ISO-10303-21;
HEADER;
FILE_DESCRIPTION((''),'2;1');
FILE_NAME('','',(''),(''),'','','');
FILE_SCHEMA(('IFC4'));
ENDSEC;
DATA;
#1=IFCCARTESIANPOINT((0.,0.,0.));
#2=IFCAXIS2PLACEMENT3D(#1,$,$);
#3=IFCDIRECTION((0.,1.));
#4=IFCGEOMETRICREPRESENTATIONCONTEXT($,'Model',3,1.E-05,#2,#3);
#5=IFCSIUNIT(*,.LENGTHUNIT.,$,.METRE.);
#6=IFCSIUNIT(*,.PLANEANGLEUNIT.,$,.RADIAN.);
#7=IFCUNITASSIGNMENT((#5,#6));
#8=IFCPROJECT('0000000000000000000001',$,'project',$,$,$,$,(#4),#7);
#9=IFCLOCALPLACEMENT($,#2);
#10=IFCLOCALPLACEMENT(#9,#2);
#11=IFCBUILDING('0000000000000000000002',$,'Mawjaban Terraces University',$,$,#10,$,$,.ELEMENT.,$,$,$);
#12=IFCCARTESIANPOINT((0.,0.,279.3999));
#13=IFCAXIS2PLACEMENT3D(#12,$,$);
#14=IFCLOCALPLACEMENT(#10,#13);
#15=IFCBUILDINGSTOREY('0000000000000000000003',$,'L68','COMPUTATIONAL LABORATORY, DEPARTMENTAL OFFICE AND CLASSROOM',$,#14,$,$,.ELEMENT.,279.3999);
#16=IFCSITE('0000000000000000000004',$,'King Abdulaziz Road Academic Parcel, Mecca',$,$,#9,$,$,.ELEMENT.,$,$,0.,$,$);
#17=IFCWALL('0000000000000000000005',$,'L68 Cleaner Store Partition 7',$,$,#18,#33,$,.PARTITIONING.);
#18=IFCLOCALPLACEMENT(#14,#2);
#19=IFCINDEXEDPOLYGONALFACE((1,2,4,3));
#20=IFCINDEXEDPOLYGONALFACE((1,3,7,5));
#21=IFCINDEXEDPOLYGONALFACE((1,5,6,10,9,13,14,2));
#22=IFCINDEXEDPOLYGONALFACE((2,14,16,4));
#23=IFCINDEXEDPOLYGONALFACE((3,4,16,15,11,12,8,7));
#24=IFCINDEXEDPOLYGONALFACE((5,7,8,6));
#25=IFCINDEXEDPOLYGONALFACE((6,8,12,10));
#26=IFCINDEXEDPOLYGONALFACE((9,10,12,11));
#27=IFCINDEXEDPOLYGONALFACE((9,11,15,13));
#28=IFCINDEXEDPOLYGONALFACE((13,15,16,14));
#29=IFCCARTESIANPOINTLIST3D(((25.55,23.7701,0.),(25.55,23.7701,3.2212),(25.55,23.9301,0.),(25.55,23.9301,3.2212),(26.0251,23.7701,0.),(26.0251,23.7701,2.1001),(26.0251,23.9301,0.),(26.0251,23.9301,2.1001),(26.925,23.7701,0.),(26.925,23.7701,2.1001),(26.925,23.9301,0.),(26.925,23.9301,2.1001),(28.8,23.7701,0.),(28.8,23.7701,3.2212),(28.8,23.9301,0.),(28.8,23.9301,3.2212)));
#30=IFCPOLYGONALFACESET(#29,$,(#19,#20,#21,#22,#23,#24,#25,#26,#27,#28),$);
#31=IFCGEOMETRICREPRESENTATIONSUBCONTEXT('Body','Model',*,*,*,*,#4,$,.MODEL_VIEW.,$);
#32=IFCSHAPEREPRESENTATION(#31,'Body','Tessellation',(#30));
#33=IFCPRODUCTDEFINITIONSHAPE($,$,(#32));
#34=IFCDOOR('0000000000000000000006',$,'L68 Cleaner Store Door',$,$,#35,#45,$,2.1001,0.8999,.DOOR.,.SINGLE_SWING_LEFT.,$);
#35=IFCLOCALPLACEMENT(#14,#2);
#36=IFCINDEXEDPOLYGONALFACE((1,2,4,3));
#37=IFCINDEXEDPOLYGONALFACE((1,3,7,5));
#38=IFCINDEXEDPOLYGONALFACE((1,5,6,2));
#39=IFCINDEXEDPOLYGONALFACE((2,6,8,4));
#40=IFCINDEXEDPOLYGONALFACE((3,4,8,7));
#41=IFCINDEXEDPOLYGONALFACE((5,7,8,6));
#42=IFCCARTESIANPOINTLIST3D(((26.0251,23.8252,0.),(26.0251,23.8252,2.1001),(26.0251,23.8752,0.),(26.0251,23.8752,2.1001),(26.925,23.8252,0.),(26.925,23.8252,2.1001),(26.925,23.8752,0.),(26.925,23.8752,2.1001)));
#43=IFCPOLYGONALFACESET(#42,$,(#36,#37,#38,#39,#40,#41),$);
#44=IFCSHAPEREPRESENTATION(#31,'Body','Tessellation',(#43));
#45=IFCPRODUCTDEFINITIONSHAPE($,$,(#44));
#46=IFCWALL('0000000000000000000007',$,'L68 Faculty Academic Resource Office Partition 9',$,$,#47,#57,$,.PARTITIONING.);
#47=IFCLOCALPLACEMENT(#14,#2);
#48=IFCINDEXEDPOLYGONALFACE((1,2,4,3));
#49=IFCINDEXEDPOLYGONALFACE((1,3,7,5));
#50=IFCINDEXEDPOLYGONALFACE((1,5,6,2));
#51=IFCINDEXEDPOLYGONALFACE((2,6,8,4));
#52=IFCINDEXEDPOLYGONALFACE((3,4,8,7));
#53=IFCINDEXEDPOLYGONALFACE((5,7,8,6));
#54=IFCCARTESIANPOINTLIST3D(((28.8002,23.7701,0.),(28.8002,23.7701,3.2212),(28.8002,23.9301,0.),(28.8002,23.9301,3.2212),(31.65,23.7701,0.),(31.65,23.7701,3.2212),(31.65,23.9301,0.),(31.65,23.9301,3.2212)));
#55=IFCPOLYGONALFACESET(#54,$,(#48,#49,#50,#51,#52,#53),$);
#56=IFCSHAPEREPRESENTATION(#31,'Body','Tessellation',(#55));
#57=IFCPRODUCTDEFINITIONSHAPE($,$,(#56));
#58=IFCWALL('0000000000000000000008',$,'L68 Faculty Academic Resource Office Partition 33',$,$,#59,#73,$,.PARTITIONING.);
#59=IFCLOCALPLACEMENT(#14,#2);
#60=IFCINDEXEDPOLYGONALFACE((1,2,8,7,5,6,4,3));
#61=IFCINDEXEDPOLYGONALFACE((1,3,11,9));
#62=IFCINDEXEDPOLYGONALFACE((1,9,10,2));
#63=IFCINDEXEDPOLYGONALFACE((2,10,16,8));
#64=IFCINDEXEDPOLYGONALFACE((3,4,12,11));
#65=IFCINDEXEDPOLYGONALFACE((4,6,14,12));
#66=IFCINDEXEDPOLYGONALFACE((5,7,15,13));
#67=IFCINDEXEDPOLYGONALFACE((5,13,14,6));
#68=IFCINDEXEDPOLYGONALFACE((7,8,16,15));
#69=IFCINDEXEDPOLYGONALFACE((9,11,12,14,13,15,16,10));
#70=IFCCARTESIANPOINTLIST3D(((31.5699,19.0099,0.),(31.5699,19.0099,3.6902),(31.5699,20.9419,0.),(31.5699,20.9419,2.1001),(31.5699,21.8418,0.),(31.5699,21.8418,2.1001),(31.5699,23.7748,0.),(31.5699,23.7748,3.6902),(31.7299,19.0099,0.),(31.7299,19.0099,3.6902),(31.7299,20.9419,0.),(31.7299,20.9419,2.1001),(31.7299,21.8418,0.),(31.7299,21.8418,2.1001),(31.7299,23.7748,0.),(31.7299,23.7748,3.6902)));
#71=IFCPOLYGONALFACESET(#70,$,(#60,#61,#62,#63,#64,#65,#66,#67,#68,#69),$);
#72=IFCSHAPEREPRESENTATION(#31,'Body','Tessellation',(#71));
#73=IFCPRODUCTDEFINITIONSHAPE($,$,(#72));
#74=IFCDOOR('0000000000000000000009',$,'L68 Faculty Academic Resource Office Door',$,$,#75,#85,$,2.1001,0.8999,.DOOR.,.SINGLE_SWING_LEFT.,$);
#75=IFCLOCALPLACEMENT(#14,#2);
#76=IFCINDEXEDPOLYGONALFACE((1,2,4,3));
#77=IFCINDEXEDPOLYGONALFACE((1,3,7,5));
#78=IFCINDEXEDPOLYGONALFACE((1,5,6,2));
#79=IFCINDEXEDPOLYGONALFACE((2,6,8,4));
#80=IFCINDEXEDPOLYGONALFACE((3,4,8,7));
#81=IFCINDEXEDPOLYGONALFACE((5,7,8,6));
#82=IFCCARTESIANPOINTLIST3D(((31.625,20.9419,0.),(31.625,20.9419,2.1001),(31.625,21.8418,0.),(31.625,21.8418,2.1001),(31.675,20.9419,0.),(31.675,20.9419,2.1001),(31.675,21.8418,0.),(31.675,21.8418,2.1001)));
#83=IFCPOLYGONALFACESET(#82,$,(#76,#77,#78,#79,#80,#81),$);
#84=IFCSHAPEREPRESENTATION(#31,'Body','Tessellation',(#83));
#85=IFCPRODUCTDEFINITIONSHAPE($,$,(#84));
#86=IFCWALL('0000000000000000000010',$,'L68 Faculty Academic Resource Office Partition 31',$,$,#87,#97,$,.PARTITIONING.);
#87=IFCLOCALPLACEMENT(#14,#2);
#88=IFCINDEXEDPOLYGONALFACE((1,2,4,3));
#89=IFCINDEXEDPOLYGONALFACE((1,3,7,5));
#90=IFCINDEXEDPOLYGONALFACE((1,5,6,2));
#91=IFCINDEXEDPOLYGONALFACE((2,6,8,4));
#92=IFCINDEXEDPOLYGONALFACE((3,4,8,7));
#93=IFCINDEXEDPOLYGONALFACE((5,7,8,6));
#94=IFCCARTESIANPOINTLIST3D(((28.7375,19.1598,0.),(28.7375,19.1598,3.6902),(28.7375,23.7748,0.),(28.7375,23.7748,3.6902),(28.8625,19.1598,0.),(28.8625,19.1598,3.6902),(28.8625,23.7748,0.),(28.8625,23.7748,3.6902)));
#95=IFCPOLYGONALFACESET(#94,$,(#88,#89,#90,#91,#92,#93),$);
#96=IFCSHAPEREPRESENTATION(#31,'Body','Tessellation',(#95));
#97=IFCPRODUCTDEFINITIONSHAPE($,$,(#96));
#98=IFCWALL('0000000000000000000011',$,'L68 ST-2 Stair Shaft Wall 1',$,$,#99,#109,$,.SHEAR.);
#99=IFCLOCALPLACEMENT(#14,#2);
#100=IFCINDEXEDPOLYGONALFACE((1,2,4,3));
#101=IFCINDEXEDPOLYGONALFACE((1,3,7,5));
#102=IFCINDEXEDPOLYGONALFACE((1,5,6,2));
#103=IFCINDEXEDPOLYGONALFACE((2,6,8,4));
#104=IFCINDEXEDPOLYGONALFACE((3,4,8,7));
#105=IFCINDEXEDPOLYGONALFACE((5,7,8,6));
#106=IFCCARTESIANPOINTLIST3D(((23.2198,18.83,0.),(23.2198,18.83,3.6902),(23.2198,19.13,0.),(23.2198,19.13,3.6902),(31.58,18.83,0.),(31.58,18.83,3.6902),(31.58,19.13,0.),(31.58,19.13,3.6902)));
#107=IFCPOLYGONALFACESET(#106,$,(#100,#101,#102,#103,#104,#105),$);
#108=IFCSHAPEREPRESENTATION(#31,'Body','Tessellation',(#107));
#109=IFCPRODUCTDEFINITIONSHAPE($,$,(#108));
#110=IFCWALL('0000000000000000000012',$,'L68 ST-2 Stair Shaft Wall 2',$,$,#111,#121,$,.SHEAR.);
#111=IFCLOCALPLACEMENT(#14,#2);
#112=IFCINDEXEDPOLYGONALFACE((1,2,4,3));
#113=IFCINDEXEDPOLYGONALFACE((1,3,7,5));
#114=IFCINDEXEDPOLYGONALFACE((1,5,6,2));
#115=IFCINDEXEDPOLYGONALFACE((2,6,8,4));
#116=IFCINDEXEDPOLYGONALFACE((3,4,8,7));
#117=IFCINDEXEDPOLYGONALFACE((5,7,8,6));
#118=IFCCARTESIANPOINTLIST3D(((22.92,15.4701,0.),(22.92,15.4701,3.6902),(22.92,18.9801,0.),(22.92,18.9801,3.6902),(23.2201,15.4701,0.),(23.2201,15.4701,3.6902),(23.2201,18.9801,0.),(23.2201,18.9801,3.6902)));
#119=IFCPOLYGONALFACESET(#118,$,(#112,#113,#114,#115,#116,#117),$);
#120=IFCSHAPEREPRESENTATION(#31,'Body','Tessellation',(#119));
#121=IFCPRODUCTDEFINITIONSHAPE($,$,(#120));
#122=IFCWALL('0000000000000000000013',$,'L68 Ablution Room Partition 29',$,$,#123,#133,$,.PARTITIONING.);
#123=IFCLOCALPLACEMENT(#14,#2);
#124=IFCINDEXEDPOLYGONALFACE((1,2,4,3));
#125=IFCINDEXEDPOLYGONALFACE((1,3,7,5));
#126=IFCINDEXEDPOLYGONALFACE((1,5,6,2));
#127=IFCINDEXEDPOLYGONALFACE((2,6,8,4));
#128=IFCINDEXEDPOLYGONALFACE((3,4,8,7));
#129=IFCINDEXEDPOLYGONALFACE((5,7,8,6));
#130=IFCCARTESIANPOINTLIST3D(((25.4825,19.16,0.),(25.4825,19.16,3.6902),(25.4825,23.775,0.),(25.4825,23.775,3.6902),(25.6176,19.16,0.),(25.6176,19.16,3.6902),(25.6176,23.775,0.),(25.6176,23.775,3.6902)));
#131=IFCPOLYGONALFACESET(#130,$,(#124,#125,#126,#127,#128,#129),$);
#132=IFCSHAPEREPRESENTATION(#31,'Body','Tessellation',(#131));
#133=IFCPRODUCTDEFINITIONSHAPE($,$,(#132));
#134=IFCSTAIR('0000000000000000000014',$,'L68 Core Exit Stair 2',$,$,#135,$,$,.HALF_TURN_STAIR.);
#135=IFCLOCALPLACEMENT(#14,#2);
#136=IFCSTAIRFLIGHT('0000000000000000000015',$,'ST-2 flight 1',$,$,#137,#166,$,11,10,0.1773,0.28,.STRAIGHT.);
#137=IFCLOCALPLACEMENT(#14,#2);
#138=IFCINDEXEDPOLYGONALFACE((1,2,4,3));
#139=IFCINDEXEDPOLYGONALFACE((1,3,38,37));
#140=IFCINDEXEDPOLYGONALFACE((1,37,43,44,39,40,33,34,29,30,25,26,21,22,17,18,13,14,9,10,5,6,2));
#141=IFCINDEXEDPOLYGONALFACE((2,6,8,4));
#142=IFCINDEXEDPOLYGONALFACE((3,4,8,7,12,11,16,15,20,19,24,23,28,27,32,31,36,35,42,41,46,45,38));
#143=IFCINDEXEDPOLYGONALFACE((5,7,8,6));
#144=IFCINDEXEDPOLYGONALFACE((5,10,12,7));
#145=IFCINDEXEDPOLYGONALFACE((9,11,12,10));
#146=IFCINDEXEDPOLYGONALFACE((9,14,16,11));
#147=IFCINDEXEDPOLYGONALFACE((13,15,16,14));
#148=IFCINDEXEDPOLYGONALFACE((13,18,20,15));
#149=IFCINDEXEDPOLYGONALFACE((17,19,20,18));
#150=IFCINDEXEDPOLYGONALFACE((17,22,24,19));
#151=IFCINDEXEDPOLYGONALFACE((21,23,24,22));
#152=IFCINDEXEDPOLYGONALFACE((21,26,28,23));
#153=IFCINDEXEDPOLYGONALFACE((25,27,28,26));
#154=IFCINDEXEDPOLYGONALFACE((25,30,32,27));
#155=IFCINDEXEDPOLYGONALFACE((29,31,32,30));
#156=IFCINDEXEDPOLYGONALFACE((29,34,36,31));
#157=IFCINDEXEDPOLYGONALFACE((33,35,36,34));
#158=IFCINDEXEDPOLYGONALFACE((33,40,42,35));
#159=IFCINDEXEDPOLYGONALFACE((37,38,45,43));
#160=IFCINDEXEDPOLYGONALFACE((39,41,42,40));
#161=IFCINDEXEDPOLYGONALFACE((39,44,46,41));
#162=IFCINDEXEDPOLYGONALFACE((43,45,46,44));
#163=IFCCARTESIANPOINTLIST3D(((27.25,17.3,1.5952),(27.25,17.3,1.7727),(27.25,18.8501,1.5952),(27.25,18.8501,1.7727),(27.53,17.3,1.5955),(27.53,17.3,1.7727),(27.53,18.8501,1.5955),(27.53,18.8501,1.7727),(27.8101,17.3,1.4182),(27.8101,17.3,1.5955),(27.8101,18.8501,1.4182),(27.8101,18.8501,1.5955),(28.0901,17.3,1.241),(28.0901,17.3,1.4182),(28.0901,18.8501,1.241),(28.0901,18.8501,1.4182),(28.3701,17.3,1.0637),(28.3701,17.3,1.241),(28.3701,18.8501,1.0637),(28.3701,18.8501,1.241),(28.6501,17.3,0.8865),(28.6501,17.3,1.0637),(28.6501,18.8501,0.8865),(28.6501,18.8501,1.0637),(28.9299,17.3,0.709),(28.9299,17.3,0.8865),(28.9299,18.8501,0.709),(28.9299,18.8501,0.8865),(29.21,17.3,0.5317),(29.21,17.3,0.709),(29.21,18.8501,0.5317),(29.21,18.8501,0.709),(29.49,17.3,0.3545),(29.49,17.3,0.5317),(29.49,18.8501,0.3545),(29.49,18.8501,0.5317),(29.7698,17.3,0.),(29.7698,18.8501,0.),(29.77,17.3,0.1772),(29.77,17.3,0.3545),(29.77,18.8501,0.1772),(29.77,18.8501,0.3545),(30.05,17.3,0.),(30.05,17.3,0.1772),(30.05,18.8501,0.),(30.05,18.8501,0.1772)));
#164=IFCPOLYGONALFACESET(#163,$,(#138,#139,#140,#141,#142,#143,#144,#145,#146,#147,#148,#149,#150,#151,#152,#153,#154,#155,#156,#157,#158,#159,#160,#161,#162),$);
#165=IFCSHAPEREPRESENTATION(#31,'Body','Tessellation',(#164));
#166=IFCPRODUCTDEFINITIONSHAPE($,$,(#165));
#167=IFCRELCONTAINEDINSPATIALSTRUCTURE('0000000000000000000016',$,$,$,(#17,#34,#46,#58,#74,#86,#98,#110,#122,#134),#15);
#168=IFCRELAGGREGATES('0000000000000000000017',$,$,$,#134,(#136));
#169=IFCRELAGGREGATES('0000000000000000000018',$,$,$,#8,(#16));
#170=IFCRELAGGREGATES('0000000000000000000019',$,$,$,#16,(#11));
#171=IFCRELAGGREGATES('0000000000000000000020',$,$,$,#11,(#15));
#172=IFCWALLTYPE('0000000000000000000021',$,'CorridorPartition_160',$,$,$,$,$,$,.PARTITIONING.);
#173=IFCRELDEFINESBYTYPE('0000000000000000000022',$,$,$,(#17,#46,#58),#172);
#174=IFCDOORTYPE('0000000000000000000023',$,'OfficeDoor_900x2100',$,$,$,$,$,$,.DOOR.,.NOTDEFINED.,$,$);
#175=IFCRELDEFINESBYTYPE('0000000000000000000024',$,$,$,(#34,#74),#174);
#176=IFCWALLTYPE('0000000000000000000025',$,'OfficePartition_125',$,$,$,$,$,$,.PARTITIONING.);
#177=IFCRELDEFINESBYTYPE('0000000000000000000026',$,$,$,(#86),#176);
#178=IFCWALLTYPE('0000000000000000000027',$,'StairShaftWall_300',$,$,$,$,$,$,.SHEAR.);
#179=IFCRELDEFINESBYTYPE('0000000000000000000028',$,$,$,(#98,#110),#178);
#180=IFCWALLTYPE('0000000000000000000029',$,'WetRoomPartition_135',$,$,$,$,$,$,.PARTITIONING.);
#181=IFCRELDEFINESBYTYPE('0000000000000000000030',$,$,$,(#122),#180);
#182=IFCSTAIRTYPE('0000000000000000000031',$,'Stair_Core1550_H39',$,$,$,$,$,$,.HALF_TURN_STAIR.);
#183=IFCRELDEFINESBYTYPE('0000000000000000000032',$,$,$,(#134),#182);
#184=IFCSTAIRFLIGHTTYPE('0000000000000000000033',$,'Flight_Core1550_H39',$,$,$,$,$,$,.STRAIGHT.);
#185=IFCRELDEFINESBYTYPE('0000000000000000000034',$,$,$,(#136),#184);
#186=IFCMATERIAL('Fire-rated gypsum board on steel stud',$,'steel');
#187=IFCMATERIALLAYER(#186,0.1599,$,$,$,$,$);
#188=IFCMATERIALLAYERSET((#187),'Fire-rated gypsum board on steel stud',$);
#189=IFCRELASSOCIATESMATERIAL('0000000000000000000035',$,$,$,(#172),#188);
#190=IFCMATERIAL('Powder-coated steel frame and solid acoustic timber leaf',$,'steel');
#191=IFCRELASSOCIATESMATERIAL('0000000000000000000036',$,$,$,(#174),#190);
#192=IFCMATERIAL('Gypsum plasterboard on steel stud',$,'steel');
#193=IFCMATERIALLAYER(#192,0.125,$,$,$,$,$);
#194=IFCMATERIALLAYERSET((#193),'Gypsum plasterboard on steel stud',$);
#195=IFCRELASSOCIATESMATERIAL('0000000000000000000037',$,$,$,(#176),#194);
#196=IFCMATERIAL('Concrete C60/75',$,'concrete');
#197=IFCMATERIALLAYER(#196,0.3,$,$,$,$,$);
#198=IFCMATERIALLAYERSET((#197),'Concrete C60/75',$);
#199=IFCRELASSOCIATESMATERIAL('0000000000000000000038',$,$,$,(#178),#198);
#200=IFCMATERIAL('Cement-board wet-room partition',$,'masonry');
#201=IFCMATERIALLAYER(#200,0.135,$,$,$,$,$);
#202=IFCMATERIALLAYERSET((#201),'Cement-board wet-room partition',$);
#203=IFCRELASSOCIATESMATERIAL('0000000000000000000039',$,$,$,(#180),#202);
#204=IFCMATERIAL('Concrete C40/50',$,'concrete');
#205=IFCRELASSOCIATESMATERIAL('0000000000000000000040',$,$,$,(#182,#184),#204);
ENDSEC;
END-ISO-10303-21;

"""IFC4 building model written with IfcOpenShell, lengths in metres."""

from ifc_helpers import new_model, si_unit, direction, frame, frame_2d, origin, place, context, subcontext, project, spatial, polyline, rectangle, outline, extrude, material, layer, layer_set, type_object, element, fill, aggregate, save


model = new_model("IFC4")

# Units and contexts
model_context = context("Model", 3, precision=1e-05, world=origin(), true_north=direction((0.0, 1.0)))
body_context = subcontext(model_context, "Body", "Model", "MODEL_VIEW")
ifc_project = project(units=[si_unit("LENGTHUNIT", "METRE"), si_unit("PLANEANGLEUNIT", "RADIAN")], contexts=[model_context])

# Site, building, storey
site_placement = place(None, origin())
site = spatial("IfcSite", under=ifc_project, at=site_placement, Name="King Abdulaziz Road Academic Parcel, Mecca", CompositionType="ELEMENT", RefElevation=0.0)
building_placement = place(site_placement, origin())
building = spatial("IfcBuilding", under=site, at=building_placement, Name="Mawjaban Terraces University", CompositionType="ELEMENT")
storey_placement = place(building_placement, frame((0.0, 0.0, 279.3999)))
storey = spatial("IfcBuildingStorey", under=building, at=storey_placement, Name="L68", Description="COMPUTATIONAL LABORATORY, DEPARTMENTAL OFFICE AND CLASSROOM", CompositionType="ELEMENT", Elevation=279.3999)

# Wall, opening, door
ifc_material_1 = material(Name="Powder-coated steel frame and solid acoustic timber leaf", Category="steel")
ifc_material_2 = material(Name="Fire-rated gypsum board on steel stud", Category="steel")
ifc_layer_1 = layer(ifc_material_2, 0.1599)
ifc_layer_set_1 = layer_set([ifc_layer_1], Name="Fire-rated gypsum board on steel stud")
wall_type_1 = type_object("IfcWallType", Name="CorridorPartition_160", PredefinedType="PARTITIONING", material=ifc_layer_set_1)
wall_1_placement = place(storey_placement, frame((28.8, 23.8501, 0.0), z_axis=(0.0, 0.0, 1.0), x_axis=(-1.0, 0.0, 0.0)))
wall_1 = element("IfcWall", 1, at=wall_1_placement, inside=storey, type_object=wall_type_1, Name="L68 Cleaner Store Partition 7", PredefinedType="PARTITIONING", context=body_context, shape_type="SweptSolid", body=[
    extrude(rectangle(XDim=3.25, YDim=0.1599, at=frame_2d((1.625, 0.0))), origin(), (0.0, 0.0, 1.0), 3.2212),
])
opening_1_placement = place(wall_1_placement, frame((1.875, 0.0, 0.0)))
opening_1 = element("IfcOpeningElement", 2, at=opening_1_placement, cuts=wall_1, PredefinedType="OPENING", context=body_context, shape_type="SweptSolid", body=[
    extrude(rectangle(XDim=0.8999, YDim=2.1001, at=frame_2d((0.45, 1.05))), frame((0.0, 0.0898, 0.0), z_axis=(0.0, -1.0, 0.0), x_axis=(1.0, 0.0, 0.0)), (0.0, 0.0, 1.0), 0.1799),
])
door_type_1 = type_object("IfcDoorType", Name="OfficeDoor_900x2100", OperationType="NOTDEFINED", PredefinedType="DOOR", material=ifc_material_1)
door_1_placement = place(opening_1_placement, origin())
door_1 = element("IfcDoor", 3, at=door_1_placement, inside=storey, type_object=door_type_1, Name="L68 Cleaner Store Door", OperationType="SINGLE_SWING_LEFT", OverallHeight=2.1001, OverallWidth=0.8999, PredefinedType="DOOR", context=body_context, shape_type="SweptSolid", body=[
    extrude(rectangle(XDim=0.8999, YDim=2.1001, at=frame_2d((0.45, 1.05))), frame((0.0, 0.0249, 0.0), z_axis=(0.0, -1.0, 0.0), x_axis=(1.0, 0.0, 0.0)), (0.0, 0.0, 1.0), 0.05),
])
fill(opening_1, door_1)

# Wall
wall_2_placement = place(storey_placement, frame((31.6499, 23.8501, 0.0), z_axis=(0.0, 0.0, 1.0), x_axis=(-1.0, 0.0, 0.0)))
element("IfcWall", 4, at=wall_2_placement, inside=storey, type_object=wall_type_1, Name="L68 Faculty Academic Resource Office Partition 9", PredefinedType="PARTITIONING", context=body_context, shape_type="SweptSolid", body=[
    extrude(rectangle(XDim=2.8499, YDim=0.1599, at=frame_2d((1.4248, 0.0))), origin(), (0.0, 0.0, 1.0), 3.2212),
])

# Wall, opening, door
wall_3_placement = place(storey_placement, frame((31.6499, 19.01, 0.0), z_axis=(0.0, 0.0, 1.0), x_axis=(0.0, 1.0, 0.0)))
wall_3 = element("IfcWall", 5, at=wall_3_placement, inside=storey, type_object=wall_type_1, Name="L68 Faculty Academic Resource Office Partition 33", PredefinedType="PARTITIONING", context=body_context, shape_type="SweptSolid", body=[
    extrude(rectangle(XDim=4.7649, YDim=0.1599, at=frame_2d((2.3823, 0.0))), origin(), (0.0, 0.0, 1.0), 3.6902),
])
opening_2_placement = place(wall_3_placement, frame((1.9319, 0.0, 0.0)))
opening_2 = element("IfcOpeningElement", 6, at=opening_2_placement, cuts=wall_3, PredefinedType="OPENING", context=body_context, shape_type="SweptSolid", body=[
    extrude(rectangle(XDim=0.8999, YDim=2.1001, at=frame_2d((0.45, 1.05))), frame((0.0, 0.0898, 0.0), z_axis=(0.0, -1.0, 0.0), x_axis=(1.0, 0.0, 0.0)), (0.0, 0.0, 1.0), 0.1799),
])
door_2_placement = place(opening_2_placement, origin())
door_2 = element("IfcDoor", 7, at=door_2_placement, inside=storey, type_object=door_type_1, Name="L68 Faculty Academic Resource Office Door", OperationType="SINGLE_SWING_LEFT", OverallHeight=2.1001, OverallWidth=0.8999, PredefinedType="DOOR", context=body_context, shape_type="SweptSolid", body=[
    extrude(rectangle(XDim=0.8999, YDim=2.1001, at=frame_2d((0.45, 1.05))), frame((0.0, 0.0249, 0.0), z_axis=(0.0, -1.0, 0.0), x_axis=(1.0, 0.0, 0.0)), (0.0, 0.0, 1.0), 0.05),
])
fill(opening_2, door_2)

# Walls
ifc_material_3 = material(Name="Gypsum plasterboard on steel stud", Category="steel")
ifc_layer_2 = layer(ifc_material_3, 0.125)
ifc_layer_set_2 = layer_set([ifc_layer_2], Name="Gypsum plasterboard on steel stud")
wall_type_2 = type_object("IfcWallType", Name="OfficePartition_125", PredefinedType="PARTITIONING", material=ifc_layer_set_2)
wall_4_placement = place(storey_placement, frame((28.8, 23.7749, 0.0), z_axis=(0.0, 0.0, 1.0), x_axis=(0.0, -1.0, 0.0)))
element("IfcWall", 8, at=wall_4_placement, inside=storey, type_object=wall_type_2, Name="L68 Faculty Academic Resource Office Partition 31", PredefinedType="PARTITIONING", context=body_context, shape_type="SweptSolid", body=[
    extrude(rectangle(XDim=4.615, YDim=0.125, at=frame_2d((2.3076, 0.0))), origin(), (0.0, 0.0, 1.0), 3.6902),
])
ifc_material_4 = material(Name="Concrete C60/75", Category="concrete")
ifc_layer_3 = layer(ifc_material_4, 0.3)
ifc_layer_set_3 = layer_set([ifc_layer_3], Name="Concrete C60/75")
wall_type_3 = type_object("IfcWallType", Name="StairShaftWall_300", PredefinedType="SHEAR", material=ifc_layer_set_3)
wall_5_placement = place(storey_placement, frame((31.5801, 18.98, 0.0), z_axis=(0.0, 0.0, 1.0), x_axis=(-1.0, 0.0, 0.0)))
element("IfcWall", 9, at=wall_5_placement, inside=storey, type_object=wall_type_3, Name="L68 ST-2 Stair Shaft Wall 1", PredefinedType="SHEAR", context=body_context, shape_type="SweptSolid", body=[
    extrude(rectangle(XDim=8.3601, YDim=0.3, at=frame_2d((4.1802, 0.0))), origin(), (0.0, 0.0, 1.0), 3.6902),
])
wall_6_placement = place(storey_placement, frame((23.0701, 18.98, 0.0), z_axis=(0.0, 0.0, 1.0), x_axis=(0.0, -1.0, 0.0)))
element("IfcWall", 10, at=wall_6_placement, inside=storey, type_object=wall_type_3, Name="L68 ST-2 Stair Shaft Wall 2", PredefinedType="SHEAR", context=body_context, shape_type="SweptSolid", body=[
    extrude(rectangle(XDim=3.51, YDim=0.3, at=frame_2d((1.7549, 0.0))), origin(), (0.0, 0.0, 1.0), 3.6902),
])
ifc_material_5 = material(Name="Cement-board wet-room partition", Category="masonry")
ifc_layer_4 = layer(ifc_material_5, 0.135)
ifc_layer_set_4 = layer_set([ifc_layer_4], Name="Cement-board wet-room partition")
wall_type_4 = type_object("IfcWallType", Name="WetRoomPartition_135", PredefinedType="PARTITIONING", material=ifc_layer_set_4)
wall_7_placement = place(storey_placement, frame((25.55, 19.1599, 0.0), z_axis=(0.0, 0.0, 1.0), x_axis=(0.0, 1.0, 0.0)))
element("IfcWall", 11, at=wall_7_placement, inside=storey, type_object=wall_type_4, Name="L68 Ablution Room Partition 29", PredefinedType="PARTITIONING", context=body_context, shape_type="SweptSolid", body=[
    extrude(rectangle(XDim=4.615, YDim=0.135, at=frame_2d((2.3076, 0.0))), origin(), (0.0, 0.0, 1.0), 3.6902),
])

# Stair, stair flight
ifc_material_6 = material(Name="Concrete C40/50", Category="concrete")
stair_type = type_object("IfcStairType", Name="Stair_Core1550_H39", PredefinedType="HALF_TURN_STAIR", material=ifc_material_6)
stair_placement = place(storey_placement, origin())
stair = element("IfcStair", 12, at=stair_placement, inside=storey, type_object=stair_type, Name="L68 Core Exit Stair 2", PredefinedType="HALF_TURN_STAIR")
stair_flight_type = type_object("IfcStairFlightType", Name="Flight_Core1550_H39", PredefinedType="STRAIGHT", material=ifc_material_6)
stair_flight_placement = place(storey_placement, frame((30.05, 18.075, 0.0), z_axis=(0.0, 0.0, 1.0), x_axis=(-1.0, 0.0, 0.0)))
stair_flight = element("IfcStairFlight", 13, at=stair_flight_placement, type_object=stair_flight_type, Name="ST-2 flight 1", NumberOfRisers=11, NumberOfTreads=10, PredefinedType="STRAIGHT", RiserHeight=0.1773, TreadLength=0.28, context=body_context, shape_type="SweptSolid", body=[
    extrude(outline(polyline([(0.0, 0.0), (0.0, 0.1772), (0.28, 0.1772), (0.28, 0.3545), (0.5601, 0.3545), (0.5601, 0.5317), (0.8401, 0.5317), (0.8401, 0.709), (1.1201, 0.709), (1.1201, 0.8865), (1.3999, 0.8865), (1.3999, 1.0637), (1.6799, 1.0637), (1.6799, 1.241), (1.96, 1.241), (1.96, 1.4182), (2.24, 1.4182), (2.24, 1.5955), (2.52, 1.5955), (2.52, 1.7727), (2.8, 1.7727), (2.8, 1.95), (2.8, 1.5952), (0.2803, 0.0), (0.0, 0.0)])), frame((0.0, 0.7749, 0.0), z_axis=(0.0, -1.0, 0.0), x_axis=(1.0, 0.0, 0.0)), (0.0, 0.0, 1.0), 1.55),
])
aggregate(stair, [stair_flight])

save(model, "model.ifc")
